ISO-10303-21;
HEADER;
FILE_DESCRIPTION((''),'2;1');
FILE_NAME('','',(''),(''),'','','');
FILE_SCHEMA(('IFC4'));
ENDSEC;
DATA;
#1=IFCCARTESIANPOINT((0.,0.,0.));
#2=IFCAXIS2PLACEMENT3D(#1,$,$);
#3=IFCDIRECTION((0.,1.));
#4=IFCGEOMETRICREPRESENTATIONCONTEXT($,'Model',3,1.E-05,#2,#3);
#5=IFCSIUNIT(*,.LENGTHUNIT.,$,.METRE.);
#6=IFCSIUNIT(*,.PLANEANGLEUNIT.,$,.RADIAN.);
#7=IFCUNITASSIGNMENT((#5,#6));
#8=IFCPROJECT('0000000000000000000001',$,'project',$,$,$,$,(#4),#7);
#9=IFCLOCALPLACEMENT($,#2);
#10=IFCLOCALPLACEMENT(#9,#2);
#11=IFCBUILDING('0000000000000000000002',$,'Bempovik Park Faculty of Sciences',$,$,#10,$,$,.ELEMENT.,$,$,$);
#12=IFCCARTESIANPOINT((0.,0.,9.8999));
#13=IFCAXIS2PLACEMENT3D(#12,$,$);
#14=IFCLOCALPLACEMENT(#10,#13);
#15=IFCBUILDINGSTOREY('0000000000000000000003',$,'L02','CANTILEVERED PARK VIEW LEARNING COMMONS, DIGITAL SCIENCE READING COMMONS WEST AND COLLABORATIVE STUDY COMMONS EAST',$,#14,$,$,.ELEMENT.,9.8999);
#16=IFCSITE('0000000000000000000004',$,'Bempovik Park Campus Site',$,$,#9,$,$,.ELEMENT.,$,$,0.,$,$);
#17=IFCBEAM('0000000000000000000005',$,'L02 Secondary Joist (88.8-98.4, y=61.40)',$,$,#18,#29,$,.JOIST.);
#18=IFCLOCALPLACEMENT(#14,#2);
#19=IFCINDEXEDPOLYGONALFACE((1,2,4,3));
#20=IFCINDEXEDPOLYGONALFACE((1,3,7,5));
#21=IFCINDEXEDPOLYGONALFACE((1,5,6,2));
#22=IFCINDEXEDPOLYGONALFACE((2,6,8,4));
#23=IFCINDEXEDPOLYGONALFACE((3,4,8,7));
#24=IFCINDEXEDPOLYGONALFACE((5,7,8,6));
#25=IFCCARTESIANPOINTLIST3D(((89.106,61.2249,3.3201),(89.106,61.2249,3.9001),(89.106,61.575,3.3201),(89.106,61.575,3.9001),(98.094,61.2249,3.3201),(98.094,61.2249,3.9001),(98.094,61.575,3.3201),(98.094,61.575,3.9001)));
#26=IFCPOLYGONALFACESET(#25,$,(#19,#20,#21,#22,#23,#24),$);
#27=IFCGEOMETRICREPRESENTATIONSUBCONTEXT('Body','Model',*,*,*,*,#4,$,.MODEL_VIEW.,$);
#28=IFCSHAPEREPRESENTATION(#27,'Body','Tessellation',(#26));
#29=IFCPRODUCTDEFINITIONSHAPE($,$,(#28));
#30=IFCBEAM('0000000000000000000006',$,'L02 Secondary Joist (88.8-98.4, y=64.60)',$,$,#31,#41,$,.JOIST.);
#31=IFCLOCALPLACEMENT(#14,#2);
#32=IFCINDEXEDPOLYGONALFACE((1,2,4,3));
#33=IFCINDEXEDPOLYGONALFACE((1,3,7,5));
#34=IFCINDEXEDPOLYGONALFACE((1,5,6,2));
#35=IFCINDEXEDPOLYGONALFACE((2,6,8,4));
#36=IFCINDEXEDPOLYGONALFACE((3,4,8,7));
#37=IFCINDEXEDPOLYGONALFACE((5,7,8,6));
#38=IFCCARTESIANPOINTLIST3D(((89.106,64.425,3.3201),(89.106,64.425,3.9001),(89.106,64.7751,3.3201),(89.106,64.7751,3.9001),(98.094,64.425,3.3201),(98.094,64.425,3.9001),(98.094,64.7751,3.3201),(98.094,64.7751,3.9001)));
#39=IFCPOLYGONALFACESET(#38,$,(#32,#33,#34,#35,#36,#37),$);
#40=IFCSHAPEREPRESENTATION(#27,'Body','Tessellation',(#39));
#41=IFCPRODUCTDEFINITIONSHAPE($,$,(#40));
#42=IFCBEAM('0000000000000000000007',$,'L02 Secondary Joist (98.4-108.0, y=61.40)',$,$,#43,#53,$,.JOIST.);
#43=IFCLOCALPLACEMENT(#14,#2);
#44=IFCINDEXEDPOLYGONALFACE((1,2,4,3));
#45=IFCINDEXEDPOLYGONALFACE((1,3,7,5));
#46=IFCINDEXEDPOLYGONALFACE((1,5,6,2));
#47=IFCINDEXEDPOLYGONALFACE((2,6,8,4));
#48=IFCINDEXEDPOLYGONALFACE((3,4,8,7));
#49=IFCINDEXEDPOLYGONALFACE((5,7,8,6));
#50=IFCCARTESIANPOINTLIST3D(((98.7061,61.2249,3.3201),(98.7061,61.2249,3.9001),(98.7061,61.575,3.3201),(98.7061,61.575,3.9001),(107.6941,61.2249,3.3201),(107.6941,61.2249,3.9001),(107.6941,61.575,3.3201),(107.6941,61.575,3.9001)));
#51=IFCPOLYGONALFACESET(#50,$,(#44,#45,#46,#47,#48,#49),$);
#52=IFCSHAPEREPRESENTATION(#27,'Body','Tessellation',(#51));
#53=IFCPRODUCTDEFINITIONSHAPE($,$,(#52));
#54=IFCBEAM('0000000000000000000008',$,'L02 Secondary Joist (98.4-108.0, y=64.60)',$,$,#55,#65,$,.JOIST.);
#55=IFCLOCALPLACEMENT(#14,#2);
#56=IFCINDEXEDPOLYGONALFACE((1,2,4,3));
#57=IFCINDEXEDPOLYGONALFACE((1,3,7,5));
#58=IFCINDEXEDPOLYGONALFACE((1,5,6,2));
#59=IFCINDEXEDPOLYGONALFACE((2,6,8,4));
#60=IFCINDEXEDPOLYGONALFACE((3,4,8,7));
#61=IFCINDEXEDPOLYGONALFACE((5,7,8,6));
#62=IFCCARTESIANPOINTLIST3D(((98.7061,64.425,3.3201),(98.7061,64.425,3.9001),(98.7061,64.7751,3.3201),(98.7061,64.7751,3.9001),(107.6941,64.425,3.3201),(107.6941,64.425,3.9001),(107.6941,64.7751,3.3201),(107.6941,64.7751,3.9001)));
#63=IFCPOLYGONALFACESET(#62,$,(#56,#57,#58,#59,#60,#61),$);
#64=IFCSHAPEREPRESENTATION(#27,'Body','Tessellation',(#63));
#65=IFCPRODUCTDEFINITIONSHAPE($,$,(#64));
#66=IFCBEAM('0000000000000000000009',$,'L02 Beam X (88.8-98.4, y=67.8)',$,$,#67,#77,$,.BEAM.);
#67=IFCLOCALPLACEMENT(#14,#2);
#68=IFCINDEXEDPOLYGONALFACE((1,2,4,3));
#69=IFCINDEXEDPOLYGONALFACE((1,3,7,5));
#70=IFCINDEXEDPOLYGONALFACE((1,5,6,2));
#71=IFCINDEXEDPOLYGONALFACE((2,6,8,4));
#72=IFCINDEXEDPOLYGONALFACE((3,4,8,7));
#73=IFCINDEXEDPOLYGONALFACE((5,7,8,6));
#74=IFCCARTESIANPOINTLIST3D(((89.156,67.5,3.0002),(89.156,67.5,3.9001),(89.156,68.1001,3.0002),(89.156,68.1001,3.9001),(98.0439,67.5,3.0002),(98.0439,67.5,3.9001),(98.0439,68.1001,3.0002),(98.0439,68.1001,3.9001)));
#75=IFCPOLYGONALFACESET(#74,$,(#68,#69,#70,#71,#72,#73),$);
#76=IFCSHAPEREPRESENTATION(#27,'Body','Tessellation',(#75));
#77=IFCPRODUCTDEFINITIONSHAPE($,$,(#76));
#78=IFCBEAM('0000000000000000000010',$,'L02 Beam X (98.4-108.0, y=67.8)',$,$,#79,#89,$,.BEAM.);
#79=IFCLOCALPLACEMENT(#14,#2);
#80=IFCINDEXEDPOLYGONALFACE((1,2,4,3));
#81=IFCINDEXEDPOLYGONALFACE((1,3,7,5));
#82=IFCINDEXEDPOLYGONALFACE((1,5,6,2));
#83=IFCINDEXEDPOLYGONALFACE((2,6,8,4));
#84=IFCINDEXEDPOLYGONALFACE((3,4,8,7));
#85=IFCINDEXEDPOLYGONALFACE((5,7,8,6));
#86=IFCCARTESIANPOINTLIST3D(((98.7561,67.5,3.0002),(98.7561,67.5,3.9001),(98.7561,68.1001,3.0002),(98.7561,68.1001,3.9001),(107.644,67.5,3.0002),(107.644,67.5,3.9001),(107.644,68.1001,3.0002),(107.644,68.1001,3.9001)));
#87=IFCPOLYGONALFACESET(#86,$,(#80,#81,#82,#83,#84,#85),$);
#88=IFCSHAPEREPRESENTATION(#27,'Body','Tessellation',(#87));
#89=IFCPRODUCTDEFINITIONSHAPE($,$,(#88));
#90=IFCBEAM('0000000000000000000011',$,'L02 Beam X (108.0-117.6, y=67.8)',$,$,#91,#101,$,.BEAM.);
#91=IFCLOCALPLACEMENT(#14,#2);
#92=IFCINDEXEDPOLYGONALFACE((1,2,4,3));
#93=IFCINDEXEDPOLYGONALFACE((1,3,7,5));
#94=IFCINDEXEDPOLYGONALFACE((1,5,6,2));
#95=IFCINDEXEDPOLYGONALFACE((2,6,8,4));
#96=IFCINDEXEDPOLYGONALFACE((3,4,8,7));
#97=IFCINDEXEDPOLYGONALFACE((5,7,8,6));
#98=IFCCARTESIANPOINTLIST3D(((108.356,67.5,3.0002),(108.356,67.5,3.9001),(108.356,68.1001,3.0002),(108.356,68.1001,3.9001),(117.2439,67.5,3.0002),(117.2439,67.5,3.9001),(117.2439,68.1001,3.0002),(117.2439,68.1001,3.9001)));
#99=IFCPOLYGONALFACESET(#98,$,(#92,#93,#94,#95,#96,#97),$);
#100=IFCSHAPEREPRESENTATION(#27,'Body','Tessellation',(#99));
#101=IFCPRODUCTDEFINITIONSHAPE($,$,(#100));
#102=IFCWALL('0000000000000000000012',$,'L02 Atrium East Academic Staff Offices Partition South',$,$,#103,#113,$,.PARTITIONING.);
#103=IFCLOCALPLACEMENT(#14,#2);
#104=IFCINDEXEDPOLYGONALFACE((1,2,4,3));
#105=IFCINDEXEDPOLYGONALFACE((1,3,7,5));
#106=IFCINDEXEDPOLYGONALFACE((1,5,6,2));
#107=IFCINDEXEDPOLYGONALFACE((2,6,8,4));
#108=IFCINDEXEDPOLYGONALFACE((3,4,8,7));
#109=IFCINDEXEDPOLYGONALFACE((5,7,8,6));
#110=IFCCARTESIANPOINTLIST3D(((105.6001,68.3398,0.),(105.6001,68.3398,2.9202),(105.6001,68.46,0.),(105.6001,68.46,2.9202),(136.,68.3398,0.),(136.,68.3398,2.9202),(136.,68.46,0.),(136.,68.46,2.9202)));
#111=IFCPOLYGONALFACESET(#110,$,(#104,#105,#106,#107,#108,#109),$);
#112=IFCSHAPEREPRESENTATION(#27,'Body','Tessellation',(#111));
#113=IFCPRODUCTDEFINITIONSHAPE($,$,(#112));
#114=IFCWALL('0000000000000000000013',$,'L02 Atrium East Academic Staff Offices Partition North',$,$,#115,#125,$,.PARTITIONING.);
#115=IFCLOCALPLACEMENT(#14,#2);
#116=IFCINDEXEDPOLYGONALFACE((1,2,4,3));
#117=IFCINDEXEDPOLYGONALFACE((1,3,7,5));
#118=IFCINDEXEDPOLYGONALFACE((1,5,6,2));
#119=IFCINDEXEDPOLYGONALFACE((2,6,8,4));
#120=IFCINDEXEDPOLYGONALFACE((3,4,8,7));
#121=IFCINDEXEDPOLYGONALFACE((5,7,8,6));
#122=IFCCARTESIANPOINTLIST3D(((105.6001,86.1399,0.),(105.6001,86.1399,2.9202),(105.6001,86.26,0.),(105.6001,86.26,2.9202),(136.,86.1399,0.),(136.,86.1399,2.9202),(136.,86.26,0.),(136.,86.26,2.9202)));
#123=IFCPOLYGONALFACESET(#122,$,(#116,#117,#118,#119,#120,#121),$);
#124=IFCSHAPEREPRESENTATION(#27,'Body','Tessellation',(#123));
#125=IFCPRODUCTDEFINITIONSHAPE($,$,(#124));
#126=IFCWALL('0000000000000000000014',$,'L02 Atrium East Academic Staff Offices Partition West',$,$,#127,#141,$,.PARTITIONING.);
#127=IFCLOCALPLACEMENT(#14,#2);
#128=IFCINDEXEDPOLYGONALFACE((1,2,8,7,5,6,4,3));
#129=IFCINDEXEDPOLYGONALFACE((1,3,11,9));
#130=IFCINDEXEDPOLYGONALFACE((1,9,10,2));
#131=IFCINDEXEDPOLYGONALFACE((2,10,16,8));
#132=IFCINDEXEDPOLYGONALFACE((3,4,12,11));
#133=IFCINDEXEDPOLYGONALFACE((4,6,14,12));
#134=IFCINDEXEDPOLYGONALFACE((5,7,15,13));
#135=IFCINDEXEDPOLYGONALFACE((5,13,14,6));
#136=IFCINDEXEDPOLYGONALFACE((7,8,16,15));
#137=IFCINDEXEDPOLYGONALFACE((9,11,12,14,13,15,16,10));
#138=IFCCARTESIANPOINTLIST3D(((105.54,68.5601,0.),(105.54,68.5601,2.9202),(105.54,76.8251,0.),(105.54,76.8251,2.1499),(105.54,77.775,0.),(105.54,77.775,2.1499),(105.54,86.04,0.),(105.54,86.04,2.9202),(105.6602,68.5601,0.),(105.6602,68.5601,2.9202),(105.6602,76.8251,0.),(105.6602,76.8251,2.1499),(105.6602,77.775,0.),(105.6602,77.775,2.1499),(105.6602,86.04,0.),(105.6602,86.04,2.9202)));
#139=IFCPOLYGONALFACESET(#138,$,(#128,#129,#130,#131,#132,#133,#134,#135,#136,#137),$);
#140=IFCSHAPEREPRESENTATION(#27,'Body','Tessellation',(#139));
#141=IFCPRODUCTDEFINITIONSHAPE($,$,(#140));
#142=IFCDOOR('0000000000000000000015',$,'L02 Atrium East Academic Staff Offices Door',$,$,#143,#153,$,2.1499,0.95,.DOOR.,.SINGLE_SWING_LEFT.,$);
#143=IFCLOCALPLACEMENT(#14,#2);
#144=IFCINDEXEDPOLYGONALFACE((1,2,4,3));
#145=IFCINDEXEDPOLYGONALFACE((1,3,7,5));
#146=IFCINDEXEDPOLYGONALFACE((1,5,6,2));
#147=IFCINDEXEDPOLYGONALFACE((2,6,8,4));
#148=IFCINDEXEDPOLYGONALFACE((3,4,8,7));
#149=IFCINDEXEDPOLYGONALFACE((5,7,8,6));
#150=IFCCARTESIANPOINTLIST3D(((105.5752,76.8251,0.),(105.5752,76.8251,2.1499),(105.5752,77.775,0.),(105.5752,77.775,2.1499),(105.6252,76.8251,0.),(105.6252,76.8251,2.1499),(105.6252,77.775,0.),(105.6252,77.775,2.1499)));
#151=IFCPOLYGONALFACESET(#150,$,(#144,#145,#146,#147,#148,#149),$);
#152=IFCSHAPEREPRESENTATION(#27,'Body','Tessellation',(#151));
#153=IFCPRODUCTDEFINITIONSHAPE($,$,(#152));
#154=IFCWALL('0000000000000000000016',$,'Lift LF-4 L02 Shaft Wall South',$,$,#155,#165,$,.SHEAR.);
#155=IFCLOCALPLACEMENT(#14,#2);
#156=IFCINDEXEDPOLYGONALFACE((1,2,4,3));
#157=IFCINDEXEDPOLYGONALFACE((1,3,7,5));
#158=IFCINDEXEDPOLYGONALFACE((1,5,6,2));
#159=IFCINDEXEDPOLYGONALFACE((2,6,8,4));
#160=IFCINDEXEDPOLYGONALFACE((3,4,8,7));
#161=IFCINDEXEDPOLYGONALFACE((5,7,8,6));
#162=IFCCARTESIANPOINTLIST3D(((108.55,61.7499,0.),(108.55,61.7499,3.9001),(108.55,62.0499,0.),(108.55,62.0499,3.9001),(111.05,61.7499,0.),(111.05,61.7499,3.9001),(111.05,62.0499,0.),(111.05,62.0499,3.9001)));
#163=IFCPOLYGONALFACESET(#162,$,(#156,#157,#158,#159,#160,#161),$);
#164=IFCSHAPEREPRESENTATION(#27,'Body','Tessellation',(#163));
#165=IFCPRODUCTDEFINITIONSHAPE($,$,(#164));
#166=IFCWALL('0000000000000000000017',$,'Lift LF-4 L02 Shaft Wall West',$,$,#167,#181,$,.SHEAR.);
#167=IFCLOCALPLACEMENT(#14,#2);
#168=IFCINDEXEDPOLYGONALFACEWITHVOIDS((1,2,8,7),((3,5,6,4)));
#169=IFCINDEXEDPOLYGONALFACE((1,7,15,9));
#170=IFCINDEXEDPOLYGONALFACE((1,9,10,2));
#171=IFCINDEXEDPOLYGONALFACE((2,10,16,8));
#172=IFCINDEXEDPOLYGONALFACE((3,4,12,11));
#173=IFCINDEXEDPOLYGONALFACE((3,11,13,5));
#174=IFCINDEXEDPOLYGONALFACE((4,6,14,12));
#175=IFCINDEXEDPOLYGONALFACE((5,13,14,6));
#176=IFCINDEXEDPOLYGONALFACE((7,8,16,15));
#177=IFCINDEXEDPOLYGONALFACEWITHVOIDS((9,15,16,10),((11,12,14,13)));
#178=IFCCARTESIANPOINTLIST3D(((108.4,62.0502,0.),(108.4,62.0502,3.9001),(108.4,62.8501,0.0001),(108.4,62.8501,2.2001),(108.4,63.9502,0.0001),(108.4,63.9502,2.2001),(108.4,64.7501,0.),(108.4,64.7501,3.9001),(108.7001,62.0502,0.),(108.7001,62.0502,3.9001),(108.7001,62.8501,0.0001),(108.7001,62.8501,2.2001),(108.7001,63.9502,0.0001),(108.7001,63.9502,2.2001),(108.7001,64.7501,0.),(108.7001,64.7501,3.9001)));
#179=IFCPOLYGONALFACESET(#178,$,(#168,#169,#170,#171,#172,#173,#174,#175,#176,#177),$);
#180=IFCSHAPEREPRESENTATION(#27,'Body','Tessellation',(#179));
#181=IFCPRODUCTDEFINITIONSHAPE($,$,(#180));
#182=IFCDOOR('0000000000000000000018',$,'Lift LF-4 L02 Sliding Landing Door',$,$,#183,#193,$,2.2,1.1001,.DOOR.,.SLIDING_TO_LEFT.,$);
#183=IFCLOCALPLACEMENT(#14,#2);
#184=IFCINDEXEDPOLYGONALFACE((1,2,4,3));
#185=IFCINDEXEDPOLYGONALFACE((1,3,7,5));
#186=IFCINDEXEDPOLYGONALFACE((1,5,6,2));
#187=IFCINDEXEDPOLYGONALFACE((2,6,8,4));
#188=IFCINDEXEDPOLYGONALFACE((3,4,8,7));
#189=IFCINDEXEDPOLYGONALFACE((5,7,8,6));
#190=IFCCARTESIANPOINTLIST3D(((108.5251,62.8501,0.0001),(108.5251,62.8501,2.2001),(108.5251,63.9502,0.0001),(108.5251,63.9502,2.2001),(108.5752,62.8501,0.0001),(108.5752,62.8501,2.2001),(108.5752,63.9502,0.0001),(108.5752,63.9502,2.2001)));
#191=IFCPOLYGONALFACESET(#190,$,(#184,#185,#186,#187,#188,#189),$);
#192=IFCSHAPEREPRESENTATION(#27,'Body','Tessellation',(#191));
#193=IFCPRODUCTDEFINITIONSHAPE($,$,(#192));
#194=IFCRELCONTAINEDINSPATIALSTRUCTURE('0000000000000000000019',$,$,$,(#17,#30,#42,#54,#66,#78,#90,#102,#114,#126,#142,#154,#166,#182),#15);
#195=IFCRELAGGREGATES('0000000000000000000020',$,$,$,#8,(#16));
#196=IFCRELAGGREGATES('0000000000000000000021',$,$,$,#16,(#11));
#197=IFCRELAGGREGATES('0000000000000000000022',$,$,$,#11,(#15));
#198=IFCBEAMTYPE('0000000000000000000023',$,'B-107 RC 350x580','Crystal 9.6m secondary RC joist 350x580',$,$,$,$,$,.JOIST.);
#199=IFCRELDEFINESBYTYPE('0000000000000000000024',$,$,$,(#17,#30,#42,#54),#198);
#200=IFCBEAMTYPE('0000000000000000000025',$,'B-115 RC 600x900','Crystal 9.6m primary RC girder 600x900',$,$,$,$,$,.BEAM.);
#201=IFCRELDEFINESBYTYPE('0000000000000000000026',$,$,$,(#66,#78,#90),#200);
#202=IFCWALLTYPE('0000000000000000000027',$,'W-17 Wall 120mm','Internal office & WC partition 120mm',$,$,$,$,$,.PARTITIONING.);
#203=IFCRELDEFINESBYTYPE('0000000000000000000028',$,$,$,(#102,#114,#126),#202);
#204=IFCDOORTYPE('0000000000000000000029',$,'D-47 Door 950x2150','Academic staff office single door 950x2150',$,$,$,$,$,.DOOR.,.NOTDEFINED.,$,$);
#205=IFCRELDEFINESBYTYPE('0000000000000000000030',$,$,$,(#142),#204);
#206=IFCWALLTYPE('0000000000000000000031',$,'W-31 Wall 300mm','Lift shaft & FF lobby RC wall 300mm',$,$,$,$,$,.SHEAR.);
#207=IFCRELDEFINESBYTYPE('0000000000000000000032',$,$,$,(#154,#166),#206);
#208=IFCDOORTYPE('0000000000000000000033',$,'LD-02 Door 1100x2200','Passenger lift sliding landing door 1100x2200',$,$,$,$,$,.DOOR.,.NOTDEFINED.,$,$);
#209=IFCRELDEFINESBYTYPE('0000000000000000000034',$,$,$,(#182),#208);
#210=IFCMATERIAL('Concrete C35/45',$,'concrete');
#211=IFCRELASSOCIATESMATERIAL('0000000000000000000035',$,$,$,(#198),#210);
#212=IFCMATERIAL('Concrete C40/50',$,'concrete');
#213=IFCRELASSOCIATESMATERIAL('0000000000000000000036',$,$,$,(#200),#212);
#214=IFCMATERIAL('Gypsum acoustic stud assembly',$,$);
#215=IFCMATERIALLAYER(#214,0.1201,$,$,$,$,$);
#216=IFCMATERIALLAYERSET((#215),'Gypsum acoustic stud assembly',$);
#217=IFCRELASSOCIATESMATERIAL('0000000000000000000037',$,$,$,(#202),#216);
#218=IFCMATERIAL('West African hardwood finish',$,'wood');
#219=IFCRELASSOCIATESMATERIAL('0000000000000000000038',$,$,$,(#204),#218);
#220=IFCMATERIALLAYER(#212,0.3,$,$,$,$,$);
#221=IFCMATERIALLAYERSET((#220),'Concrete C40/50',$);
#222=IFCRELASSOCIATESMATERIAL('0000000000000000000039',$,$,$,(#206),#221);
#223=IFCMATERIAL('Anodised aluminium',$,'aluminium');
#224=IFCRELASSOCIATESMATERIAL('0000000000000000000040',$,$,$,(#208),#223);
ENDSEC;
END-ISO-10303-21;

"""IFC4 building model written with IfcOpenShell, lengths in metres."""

from ifc_helpers import new_model, si_unit, direction, frame, frame_2d, origin, origin_2d, place, context, subcontext, project, spatial, rectangle, extrude, material, layer, layer_set, material_profile, profile_set, type_object, element, fill, save


model = new_model("IFC4")

# Units and contexts
model_context = context("Model", 3, precision=1e-05, world=origin(), true_north=direction((0.0, 1.0)))
body_context = subcontext(model_context, "Body", "Model", "MODEL_VIEW")
ifc_project = project(units=[si_unit("LENGTHUNIT", "METRE"), si_unit("PLANEANGLEUNIT", "RADIAN")], contexts=[model_context])

# Site, building, storey
site_placement = place(None, origin())
site = spatial("IfcSite", under=ifc_project, at=site_placement, Name="Bempovik Park Campus Site", CompositionType="ELEMENT", RefElevation=0.0)
building_placement = place(site_placement, origin())
building = spatial("IfcBuilding", under=site, at=building_placement, Name="Bempovik Park Faculty of Sciences", CompositionType="ELEMENT")
storey_placement = place(building_placement, frame((0.0, 0.0, 9.8999)))
storey = spatial("IfcBuildingStorey", under=building, at=storey_placement, Name="L02", Description="CANTILEVERED PARK VIEW LEARNING COMMONS, DIGITAL SCIENCE READING COMMONS WEST AND COLLABORATIVE STUDY COMMONS EAST", CompositionType="ELEMENT", Elevation=9.8999)

# Shared definitions
ifc_material_1 = material(Name="Concrete C40/50", Category="concrete")

# Beams
ifc_material_2 = material(Name="Concrete C35/45", Category="concrete")
ifc_material_profile_1 = material_profile(ifc_material_2, rectangle(XDim=0.3501, YDim=0.5801, at=origin_2d()), Name="RC 350x580")
ifc_profile_set_1 = profile_set([ifc_material_profile_1], Name="Concrete C35/45")
beam_type_1 = type_object("IfcBeamType", Name="B-107 RC 350x580", Description="Crystal 9.6m secondary RC joist 350x580", PredefinedType="JOIST", material=ifc_profile_set_1)
for number, where, z_axis, x_axis, name in (
    (1, (89.106, 61.3999, 3.6101), (1.0, 0.0, 0.0), (0.0, 1.0, 0.0), "L02 Secondary Joist (88.8-98.4, y=61.40)"),
    (2, (89.106, 64.6001, 3.6101), (1.0, 0.0, 0.0), (0.0, 1.0, 0.0), "L02 Secondary Joist (88.8-98.4, y=64.60)"),
    (3, (98.7061, 61.3999, 3.6101), (1.0, 0.0, 0.0), (0.0, 1.0, 0.0), "L02 Secondary Joist (98.4-108.0, y=61.40)"),
    (4, (98.7061, 64.6001, 3.6101), (1.0, 0.0, 0.0), (0.0, 1.0, 0.0), "L02 Secondary Joist (98.4-108.0, y=64.60)"),
):
    element("IfcBeam", number, at=place(storey_placement, frame(where, z_axis=z_axis, x_axis=x_axis)), inside=storey, type_object=beam_type_1, Name=name, PredefinedType="JOIST", context=body_context, shape_type="SweptSolid", body=[
        extrude(rectangle(XDim=0.3501, YDim=0.5801, at=origin_2d()), origin(), (0.0, 0.0, 1.0), 8.988),
    ])
ifc_material_profile_2 = material_profile(ifc_material_1, rectangle(XDim=0.6001, YDim=0.8999, at=origin_2d()), Name="RC 600x900")
ifc_profile_set_2 = profile_set([ifc_material_profile_2], Name="Concrete C40/50")
beam_type_2 = type_object("IfcBeamType", Name="B-115 RC 600x900", Description="Crystal 9.6m primary RC girder 600x900", PredefinedType="BEAM", material=ifc_profile_set_2)
for number, where, z_axis, x_axis, name in (
    (5, (89.156, 67.8, 3.4502), (1.0, 0.0, 0.0), (0.0, 1.0, 0.0), "L02 Beam X (88.8-98.4, y=67.8)"),
    (6, (98.7561, 67.8, 3.4502), (1.0, 0.0, 0.0), (0.0, 1.0, 0.0), "L02 Beam X (98.4-108.0, y=67.8)"),
    (7, (108.356, 67.8, 3.4502), (1.0, 0.0, 0.0), (0.0, 1.0, 0.0), "L02 Beam X (108.0-117.6, y=67.8)"),
):
    element("IfcBeam", number, at=place(storey_placement, frame(where, z_axis=z_axis, x_axis=x_axis)), inside=storey, type_object=beam_type_2, Name=name, PredefinedType="BEAM", context=body_context, shape_type="SweptSolid", body=[
        extrude(rectangle(XDim=0.6001, YDim=0.8999, at=origin_2d()), origin(), (0.0, 0.0, 1.0), 8.8879),
    ])

# Walls
ifc_material_3 = material(Name="Gypsum acoustic stud assembly")
ifc_layer_1 = layer(ifc_material_3, 0.1201)
ifc_layer_set_1 = layer_set([ifc_layer_1], Name="Gypsum acoustic stud assembly")
wall_type_1 = type_object("IfcWallType", Name="W-17 Wall 120mm", Description="Internal office & WC partition 120mm", PredefinedType="PARTITIONING", material=ifc_layer_set_1)
for number, where, z_axis, x_axis, name in (
    (8, (105.6001, 68.3999, 0.0), (0.0, 0.0, 1.0), (1.0, 0.0, 0.0), "L02 Atrium East Academic Staff Offices Partition South"),
    (9, (105.6001, 86.2, 0.0), (0.0, 0.0, 1.0), (1.0, 0.0, 0.0), "L02 Atrium East Academic Staff Offices Partition North"),
):
    element("IfcWall", number, at=place(storey_placement, frame(where, z_axis=z_axis, x_axis=x_axis)), inside=storey, type_object=wall_type_1, Name=name, PredefinedType="PARTITIONING", context=body_context, shape_type="SweptSolid", body=[
        extrude(rectangle(XDim=30.3999, YDim=0.1201, at=frame_2d((15.2, 0.0))), origin(), (0.0, 0.0, 1.0), 2.9202),
    ])

# Wall, opening, door
wall_1_placement = place(storey_placement, frame((105.6001, 68.5601, 0.0), z_axis=(0.0, 0.0, 1.0), x_axis=(0.0, 1.0, 0.0)))
wall_1 = element("IfcWall", 10, at=wall_1_placement, inside=storey, type_object=wall_type_1, Name="L02 Atrium East Academic Staff Offices Partition West", PredefinedType="PARTITIONING", context=body_context, shape_type="SweptSolid", body=[
    extrude(rectangle(XDim=17.48, YDim=0.1201, at=frame_2d((8.74, 0.0))), origin(), (0.0, 0.0, 1.0), 2.9202),
])
opening_1_placement = place(wall_1_placement, frame((8.2649, 0.0, 0.0)))
opening_1 = element("IfcOpeningElement", 11, at=opening_1_placement, cuts=wall_1, PredefinedType="OPENING", context=body_context, shape_type="SweptSolid", body=[
    extrude(rectangle(XDim=0.95, YDim=2.1499, at=frame_2d((0.4751, 1.075))), frame((0.0, 0.0701, 0.0), z_axis=(0.0, -1.0, 0.0), x_axis=(1.0, 0.0, 0.0)), (0.0, 0.0, 1.0), 0.1401),
])
ifc_material_4 = material(Name="West African hardwood finish", Category="wood")
door_type_1 = type_object("IfcDoorType", Name="D-47 Door 950x2150", Description="Academic staff office single door 950x2150", OperationType="NOTDEFINED", PredefinedType="DOOR", material=ifc_material_4)
door_1_placement = place(opening_1_placement, origin())
door_1 = element("IfcDoor", 12, at=door_1_placement, inside=storey, type_object=door_type_1, Name="L02 Atrium East Academic Staff Offices Door", OperationType="SINGLE_SWING_LEFT", OverallHeight=2.1499, OverallWidth=0.95, PredefinedType="DOOR", context=body_context, shape_type="SweptSolid", body=[
    extrude(rectangle(XDim=0.95, YDim=2.1499, at=frame_2d((0.4751, 1.075))), frame((0.0, 0.0249, 0.0), z_axis=(0.0, -1.0, 0.0), x_axis=(1.0, 0.0, 0.0)), (0.0, 0.0, 1.0), 0.05),
])
fill(opening_1, door_1)

# Wall
ifc_layer_2 = layer(ifc_material_1, 0.3)
ifc_layer_set_2 = layer_set([ifc_layer_2], Name="Concrete C40/50")
wall_type_2 = type_object("IfcWallType", Name="W-31 Wall 300mm", Description="Lift shaft & FF lobby RC wall 300mm", PredefinedType="SHEAR", material=ifc_layer_set_2)
wall_2_placement = place(storey_placement, frame((108.55, 61.8999, 0.0), z_axis=(0.0, 0.0, 1.0), x_axis=(1.0, 0.0, 0.0)))
element("IfcWall", 13, at=wall_2_placement, inside=storey, type_object=wall_type_2, Name="Lift LF-4 L02 Shaft Wall South", PredefinedType="SHEAR", context=body_context, shape_type="SweptSolid", body=[
    extrude(rectangle(XDim=2.5, YDim=0.3, at=frame_2d((1.25, 0.0))), origin(), (0.0, 0.0, 1.0), 3.9001),
])

# Wall, opening, door
wall_3_placement = place(storey_placement, frame((108.55, 62.05, 0.0), z_axis=(0.0, 0.0, 1.0), x_axis=(0.0, 1.0, 0.0)))
wall_3 = element("IfcWall", 14, at=wall_3_placement, inside=storey, type_object=wall_type_2, Name="Lift LF-4 L02 Shaft Wall West", PredefinedType="SHEAR", context=body_context, shape_type="SweptSolid", body=[
    extrude(rectangle(XDim=2.7, YDim=0.3, at=frame_2d((1.3501, 0.0))), origin(), (0.0, 0.0, 1.0), 3.9001),
])
opening_2_placement = place(wall_3_placement, frame((0.8, 0.0, 0.0)))
opening_2 = element("IfcOpeningElement", 15, at=opening_2_placement, cuts=wall_3, PredefinedType="OPENING", context=body_context, shape_type="SweptSolid", body=[
    extrude(rectangle(XDim=1.1001, YDim=2.2, at=frame_2d((0.55, 1.1001))), frame((0.0, 0.1602, 0.0), z_axis=(0.0, -1.0, 0.0), x_axis=(1.0, 0.0, 0.0)), (0.0, 0.0, 1.0), 0.3201),
])
ifc_material_5 = material(Name="Anodised aluminium", Category="aluminium")
door_type_2 = type_object("IfcDoorType", Name="LD-02 Door 1100x2200", Description="Passenger lift sliding landing door 1100x2200", OperationType="NOTDEFINED", PredefinedType="DOOR", material=ifc_material_5)
door_2_placement = place(opening_2_placement, origin())
door_2 = element("IfcDoor", 16, at=door_2_placement, inside=storey, type_object=door_type_2, Name="Lift LF-4 L02 Sliding Landing Door", OperationType="SLIDING_TO_LEFT", OverallHeight=2.2, OverallWidth=1.1001, PredefinedType="DOOR", context=body_context, shape_type="SweptSolid", body=[
    extrude(rectangle(XDim=1.1001, YDim=2.2, at=frame_2d((0.55, 1.1001))), frame((0.0, 0.0249, 0.0), z_axis=(0.0, -1.0, 0.0), x_axis=(1.0, 0.0, 0.0)), (0.0, 0.0, 1.0), 0.05),
])
fill(opening_2, door_2)

save(model, "model.ifc")
